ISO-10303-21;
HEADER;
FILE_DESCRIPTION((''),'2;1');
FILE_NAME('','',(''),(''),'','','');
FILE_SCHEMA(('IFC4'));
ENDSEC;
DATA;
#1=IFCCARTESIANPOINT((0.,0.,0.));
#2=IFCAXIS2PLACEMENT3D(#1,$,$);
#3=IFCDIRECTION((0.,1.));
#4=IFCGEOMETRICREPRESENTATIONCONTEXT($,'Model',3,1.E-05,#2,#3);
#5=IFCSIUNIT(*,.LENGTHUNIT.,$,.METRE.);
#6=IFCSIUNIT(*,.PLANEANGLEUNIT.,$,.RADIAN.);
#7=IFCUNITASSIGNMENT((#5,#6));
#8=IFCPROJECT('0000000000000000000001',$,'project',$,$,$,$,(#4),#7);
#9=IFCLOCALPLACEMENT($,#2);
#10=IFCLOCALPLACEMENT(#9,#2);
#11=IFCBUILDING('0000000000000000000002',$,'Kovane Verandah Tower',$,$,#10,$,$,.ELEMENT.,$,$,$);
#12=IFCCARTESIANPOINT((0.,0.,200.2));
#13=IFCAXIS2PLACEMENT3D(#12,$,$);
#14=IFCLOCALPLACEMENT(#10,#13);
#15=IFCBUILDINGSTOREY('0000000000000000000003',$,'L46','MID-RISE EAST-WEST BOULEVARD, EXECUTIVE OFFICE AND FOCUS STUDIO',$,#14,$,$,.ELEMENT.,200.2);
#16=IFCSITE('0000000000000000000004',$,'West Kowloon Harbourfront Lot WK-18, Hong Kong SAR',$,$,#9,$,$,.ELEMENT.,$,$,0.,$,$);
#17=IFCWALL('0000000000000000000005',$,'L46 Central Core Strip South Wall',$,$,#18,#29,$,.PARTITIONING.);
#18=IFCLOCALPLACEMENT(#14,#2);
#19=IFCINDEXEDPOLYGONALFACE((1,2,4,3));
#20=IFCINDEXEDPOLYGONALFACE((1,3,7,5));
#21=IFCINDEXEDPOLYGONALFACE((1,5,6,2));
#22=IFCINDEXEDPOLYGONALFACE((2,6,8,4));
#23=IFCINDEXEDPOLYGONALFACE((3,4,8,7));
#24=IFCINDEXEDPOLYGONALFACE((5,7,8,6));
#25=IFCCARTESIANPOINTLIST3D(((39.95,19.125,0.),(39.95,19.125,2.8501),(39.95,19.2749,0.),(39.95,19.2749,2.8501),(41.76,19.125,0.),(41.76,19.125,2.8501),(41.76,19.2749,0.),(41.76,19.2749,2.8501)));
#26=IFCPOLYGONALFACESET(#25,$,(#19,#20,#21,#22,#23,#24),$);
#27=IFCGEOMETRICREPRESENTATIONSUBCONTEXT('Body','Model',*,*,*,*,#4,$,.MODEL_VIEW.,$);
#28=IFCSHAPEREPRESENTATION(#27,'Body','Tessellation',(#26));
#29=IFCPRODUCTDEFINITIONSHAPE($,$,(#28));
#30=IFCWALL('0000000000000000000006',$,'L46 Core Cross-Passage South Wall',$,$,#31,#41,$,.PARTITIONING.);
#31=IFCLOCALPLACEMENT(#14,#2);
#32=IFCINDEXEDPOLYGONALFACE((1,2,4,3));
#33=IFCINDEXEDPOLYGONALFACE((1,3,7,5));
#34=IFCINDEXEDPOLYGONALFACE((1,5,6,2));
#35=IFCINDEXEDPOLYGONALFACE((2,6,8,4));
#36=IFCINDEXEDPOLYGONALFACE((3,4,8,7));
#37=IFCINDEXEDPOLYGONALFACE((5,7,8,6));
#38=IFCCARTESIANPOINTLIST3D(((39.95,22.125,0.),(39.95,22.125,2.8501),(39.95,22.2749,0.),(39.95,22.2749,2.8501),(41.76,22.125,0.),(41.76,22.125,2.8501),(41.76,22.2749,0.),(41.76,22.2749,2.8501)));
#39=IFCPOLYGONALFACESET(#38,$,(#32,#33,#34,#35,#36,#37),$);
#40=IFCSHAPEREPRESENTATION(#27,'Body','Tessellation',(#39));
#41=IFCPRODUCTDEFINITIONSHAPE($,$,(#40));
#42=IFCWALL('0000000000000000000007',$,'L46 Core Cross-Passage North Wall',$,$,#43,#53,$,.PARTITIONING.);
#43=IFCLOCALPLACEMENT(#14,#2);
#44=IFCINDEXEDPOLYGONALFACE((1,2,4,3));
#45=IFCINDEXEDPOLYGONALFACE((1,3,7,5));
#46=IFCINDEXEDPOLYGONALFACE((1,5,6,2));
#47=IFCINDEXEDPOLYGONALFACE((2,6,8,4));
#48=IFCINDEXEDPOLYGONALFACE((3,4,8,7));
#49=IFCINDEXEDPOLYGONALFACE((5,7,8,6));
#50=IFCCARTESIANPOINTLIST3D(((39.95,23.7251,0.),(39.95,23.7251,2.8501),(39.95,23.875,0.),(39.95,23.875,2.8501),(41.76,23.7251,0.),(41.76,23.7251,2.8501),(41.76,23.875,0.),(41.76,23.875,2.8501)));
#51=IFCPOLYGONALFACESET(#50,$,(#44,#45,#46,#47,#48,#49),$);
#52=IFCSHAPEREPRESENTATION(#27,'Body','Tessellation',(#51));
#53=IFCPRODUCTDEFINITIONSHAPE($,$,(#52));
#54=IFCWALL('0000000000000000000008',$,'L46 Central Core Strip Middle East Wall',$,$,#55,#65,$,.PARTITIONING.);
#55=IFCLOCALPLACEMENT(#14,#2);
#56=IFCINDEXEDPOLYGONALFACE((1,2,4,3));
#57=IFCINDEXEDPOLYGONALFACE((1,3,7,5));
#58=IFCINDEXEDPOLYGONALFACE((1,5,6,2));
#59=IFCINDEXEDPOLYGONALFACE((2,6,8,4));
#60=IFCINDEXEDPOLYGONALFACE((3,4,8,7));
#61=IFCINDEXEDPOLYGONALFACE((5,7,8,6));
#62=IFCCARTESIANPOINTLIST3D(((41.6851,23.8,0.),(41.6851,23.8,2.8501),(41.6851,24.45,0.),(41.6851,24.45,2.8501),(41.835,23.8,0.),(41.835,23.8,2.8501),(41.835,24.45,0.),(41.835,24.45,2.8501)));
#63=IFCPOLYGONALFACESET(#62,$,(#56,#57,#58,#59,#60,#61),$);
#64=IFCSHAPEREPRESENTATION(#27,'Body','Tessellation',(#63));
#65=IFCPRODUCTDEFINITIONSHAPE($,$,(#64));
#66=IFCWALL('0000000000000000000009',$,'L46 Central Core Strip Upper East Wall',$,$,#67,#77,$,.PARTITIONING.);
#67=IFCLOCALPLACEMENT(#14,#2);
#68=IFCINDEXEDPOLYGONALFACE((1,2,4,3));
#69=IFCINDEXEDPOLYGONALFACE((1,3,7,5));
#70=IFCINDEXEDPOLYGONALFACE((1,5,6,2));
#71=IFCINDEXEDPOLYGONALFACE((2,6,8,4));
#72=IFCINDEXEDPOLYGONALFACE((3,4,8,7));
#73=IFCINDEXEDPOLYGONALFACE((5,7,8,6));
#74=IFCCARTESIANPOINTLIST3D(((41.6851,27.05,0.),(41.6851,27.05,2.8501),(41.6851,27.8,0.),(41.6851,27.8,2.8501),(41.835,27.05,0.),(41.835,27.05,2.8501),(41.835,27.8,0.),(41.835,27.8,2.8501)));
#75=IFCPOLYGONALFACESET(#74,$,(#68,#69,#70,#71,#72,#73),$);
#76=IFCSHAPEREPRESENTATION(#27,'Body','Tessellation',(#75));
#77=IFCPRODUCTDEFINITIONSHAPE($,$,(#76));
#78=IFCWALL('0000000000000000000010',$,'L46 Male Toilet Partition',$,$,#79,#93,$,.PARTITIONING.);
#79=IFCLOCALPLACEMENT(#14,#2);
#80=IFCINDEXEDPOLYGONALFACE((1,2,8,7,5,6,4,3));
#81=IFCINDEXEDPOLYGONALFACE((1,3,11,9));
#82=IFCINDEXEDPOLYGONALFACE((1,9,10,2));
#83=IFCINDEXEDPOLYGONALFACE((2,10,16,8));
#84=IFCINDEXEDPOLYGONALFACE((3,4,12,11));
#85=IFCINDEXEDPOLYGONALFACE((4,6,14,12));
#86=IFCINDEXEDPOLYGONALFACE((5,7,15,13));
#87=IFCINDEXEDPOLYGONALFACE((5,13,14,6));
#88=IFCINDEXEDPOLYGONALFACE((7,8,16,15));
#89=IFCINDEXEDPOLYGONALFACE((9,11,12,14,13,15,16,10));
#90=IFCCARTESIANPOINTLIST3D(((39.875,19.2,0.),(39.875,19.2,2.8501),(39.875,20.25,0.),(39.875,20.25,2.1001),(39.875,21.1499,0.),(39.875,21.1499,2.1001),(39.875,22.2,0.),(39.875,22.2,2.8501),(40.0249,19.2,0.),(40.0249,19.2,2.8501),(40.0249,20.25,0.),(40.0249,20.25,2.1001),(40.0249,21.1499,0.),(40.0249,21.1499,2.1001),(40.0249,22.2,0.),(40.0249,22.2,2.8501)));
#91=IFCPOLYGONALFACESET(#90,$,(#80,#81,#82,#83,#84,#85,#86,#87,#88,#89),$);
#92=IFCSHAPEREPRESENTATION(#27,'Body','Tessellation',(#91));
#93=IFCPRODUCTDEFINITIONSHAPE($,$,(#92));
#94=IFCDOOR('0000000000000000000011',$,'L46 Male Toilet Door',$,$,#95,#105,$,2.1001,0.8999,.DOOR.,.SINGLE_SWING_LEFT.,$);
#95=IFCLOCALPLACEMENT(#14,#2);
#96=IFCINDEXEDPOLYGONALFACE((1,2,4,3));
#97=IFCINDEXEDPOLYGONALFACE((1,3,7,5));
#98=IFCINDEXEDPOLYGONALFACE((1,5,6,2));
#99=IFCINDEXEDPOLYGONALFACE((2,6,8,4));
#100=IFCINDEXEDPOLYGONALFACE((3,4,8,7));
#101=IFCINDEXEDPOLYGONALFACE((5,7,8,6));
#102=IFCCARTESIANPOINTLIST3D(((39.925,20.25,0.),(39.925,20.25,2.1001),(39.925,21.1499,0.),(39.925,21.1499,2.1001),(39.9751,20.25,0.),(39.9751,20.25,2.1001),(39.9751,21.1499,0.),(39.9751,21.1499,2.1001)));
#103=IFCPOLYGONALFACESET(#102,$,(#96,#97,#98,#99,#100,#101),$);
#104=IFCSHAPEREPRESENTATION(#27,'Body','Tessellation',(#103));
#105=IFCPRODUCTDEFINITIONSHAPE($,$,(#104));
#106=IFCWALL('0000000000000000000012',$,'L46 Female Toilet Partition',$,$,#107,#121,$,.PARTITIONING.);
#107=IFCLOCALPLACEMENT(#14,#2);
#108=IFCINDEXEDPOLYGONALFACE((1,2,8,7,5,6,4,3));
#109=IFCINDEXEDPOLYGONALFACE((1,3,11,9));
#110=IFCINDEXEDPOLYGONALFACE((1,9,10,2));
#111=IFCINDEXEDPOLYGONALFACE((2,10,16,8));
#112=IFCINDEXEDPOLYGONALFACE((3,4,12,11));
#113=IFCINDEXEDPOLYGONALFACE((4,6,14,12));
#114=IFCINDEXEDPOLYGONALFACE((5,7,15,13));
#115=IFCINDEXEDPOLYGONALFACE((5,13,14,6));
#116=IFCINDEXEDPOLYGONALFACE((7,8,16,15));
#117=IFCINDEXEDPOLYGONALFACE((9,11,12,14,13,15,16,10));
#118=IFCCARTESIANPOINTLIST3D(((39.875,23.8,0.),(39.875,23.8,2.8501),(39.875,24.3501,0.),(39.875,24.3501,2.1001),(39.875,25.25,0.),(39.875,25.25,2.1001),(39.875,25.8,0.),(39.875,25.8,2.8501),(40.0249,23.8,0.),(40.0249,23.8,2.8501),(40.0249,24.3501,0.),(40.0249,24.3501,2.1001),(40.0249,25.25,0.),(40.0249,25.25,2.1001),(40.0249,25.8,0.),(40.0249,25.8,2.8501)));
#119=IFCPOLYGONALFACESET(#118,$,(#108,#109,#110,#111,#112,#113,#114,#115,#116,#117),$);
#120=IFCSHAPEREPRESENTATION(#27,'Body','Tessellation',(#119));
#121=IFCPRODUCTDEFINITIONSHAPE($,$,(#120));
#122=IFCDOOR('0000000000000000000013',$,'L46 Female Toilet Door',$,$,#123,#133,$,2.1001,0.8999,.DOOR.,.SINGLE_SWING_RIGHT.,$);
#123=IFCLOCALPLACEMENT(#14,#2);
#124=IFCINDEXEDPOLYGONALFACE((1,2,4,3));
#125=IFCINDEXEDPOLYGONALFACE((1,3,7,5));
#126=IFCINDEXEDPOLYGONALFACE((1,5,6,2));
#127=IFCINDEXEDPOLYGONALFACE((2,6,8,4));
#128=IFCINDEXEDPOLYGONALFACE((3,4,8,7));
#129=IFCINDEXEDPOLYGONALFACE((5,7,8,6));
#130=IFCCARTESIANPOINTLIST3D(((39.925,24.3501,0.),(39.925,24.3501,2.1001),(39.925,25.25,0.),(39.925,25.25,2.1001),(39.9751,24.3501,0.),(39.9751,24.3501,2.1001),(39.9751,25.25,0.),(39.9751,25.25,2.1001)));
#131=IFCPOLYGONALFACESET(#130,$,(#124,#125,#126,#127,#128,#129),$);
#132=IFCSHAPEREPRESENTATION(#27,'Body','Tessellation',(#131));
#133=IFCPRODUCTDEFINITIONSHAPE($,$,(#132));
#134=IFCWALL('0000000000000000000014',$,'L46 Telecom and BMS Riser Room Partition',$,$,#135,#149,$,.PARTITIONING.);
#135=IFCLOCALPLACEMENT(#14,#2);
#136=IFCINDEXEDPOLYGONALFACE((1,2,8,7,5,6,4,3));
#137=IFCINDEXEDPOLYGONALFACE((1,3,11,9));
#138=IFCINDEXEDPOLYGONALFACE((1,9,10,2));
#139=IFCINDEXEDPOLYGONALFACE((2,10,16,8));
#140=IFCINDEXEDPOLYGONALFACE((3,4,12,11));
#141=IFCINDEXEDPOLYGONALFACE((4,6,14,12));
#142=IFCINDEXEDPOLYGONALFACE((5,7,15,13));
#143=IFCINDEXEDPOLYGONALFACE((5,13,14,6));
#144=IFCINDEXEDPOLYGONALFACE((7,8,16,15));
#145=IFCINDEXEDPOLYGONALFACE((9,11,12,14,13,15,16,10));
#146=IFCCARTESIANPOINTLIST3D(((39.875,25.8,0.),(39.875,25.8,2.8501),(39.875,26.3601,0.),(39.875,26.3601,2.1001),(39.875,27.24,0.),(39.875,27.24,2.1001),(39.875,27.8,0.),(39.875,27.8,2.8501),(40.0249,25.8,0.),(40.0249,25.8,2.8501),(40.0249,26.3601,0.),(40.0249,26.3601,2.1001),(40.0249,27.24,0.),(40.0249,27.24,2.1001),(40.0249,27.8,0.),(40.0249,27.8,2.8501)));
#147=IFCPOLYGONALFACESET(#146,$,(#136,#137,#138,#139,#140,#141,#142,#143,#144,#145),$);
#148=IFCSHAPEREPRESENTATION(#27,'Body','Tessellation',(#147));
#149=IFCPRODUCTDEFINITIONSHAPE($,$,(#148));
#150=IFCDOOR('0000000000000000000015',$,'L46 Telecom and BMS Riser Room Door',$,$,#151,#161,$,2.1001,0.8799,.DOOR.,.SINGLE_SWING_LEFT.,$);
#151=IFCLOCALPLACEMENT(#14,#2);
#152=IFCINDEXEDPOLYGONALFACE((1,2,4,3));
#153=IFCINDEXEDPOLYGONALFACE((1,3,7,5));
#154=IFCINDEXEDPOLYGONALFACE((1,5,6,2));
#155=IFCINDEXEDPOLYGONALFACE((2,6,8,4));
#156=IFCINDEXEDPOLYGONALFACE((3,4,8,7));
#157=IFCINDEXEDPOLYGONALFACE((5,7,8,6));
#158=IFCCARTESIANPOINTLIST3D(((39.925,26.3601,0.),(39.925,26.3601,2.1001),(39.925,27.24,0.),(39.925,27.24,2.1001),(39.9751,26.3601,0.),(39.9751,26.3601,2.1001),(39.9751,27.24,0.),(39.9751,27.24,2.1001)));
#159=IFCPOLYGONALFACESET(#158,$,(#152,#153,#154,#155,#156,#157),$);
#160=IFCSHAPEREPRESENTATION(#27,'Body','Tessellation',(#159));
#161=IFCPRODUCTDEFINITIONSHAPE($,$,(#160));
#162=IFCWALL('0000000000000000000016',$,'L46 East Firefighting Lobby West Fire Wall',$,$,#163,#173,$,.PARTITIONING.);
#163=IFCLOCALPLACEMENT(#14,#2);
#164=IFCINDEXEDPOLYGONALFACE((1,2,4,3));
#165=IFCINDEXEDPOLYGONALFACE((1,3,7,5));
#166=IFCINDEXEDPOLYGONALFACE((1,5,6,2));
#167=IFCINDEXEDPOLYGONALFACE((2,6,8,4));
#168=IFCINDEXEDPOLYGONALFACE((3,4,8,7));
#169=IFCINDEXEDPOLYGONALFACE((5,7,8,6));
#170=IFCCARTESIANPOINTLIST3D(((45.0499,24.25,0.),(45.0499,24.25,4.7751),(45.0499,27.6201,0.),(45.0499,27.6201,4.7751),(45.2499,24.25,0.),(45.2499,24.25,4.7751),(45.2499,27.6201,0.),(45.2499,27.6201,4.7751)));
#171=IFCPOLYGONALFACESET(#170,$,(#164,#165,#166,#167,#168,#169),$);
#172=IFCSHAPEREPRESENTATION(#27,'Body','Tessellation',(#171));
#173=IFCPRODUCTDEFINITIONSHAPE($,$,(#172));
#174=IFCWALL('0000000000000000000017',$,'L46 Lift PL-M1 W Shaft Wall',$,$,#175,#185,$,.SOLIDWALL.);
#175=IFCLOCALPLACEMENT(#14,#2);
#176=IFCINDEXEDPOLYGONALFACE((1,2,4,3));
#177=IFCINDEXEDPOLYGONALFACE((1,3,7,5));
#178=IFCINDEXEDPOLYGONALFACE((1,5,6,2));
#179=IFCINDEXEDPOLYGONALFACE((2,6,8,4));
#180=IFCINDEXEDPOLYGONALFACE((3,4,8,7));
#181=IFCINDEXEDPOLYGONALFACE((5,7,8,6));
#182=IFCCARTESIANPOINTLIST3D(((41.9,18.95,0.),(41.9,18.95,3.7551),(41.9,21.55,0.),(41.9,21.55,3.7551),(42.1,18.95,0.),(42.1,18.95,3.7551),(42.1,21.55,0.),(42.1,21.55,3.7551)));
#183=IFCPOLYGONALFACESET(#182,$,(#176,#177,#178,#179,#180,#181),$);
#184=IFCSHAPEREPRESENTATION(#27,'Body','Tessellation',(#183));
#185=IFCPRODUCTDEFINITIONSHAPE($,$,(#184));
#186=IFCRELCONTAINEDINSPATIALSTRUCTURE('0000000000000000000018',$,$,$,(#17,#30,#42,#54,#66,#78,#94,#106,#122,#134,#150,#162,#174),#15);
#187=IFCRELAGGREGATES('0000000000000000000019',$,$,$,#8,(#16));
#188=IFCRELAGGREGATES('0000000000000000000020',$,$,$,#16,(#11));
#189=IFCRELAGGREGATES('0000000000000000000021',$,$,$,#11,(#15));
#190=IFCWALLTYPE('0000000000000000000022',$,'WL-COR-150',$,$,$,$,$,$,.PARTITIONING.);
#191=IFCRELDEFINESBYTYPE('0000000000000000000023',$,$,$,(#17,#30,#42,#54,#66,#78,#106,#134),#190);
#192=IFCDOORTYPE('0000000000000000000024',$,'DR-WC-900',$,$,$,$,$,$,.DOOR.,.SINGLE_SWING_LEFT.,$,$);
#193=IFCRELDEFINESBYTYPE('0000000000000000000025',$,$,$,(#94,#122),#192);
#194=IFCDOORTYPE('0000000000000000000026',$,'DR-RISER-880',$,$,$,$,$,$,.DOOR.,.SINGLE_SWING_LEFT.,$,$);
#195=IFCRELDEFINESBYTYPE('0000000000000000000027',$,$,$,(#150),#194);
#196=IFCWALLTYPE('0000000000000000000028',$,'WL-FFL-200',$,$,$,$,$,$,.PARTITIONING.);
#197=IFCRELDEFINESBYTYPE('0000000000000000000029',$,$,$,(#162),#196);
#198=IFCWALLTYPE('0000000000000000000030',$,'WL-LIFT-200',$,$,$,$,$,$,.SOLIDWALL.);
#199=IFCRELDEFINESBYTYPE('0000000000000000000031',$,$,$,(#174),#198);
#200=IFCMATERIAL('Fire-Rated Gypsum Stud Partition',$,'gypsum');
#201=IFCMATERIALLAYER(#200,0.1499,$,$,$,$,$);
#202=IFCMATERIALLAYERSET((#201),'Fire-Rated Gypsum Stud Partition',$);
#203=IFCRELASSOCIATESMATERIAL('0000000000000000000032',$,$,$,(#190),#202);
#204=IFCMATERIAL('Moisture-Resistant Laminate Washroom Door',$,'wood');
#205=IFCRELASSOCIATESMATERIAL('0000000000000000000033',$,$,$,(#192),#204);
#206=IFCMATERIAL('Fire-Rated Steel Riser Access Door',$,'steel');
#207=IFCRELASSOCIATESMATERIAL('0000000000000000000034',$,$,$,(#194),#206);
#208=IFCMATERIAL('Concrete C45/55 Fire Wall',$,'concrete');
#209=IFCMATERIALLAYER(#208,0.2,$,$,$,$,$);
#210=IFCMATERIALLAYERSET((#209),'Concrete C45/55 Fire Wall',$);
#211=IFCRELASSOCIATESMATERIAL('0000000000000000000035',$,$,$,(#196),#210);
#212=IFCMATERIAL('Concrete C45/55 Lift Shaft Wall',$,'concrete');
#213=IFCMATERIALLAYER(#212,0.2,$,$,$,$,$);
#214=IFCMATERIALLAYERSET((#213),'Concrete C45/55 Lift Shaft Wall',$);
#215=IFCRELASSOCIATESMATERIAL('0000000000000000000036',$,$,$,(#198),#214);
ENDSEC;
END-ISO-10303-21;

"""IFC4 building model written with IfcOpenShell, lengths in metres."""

from ifc_helpers import new_model, si_unit, direction, frame, frame_2d, origin, place, context, subcontext, project, spatial, rectangle, extrude, material, layer, layer_set, type_object, element, fill, save


model = new_model("IFC4")

# Units and contexts
model_context = context("Model", 3, precision=1e-05, world=origin(), true_north=direction((0.0, 1.0)))
body_context = subcontext(model_context, "Body", "Model", "MODEL_VIEW")
ifc_project = project(units=[si_unit("LENGTHUNIT", "METRE"), si_unit("PLANEANGLEUNIT", "RADIAN")], contexts=[model_context])

# Site, building, storey
site_placement = place(None, origin())
site = spatial("IfcSite", under=ifc_project, at=site_placement, Name="West Kowloon Harbourfront Lot WK-18, Hong Kong SAR", CompositionType="ELEMENT", RefElevation=0.0)
building_placement = place(site_placement, origin())
building = spatial("IfcBuilding", under=site, at=building_placement, Name="Kovane Verandah Tower", CompositionType="ELEMENT")
storey_placement = place(building_placement, frame((0.0, 0.0, 200.2)))
storey = spatial("IfcBuildingStorey", under=building, at=storey_placement, Name="L46", Description="MID-RISE EAST-WEST BOULEVARD, EXECUTIVE OFFICE AND FOCUS STUDIO", CompositionType="ELEMENT", Elevation=200.2)

# Walls
ifc_material_1 = material(Name="Fire-Rated Gypsum Stud Partition", Category="gypsum")
ifc_layer_1 = layer(ifc_material_1, 0.1499)
ifc_layer_set_1 = layer_set([ifc_layer_1], Name="Fire-Rated Gypsum Stud Partition")
wall_type_1 = type_object("IfcWallType", Name="WL-COR-150", PredefinedType="PARTITIONING", material=ifc_layer_set_1)
for number, where, z_axis, x_axis, name in (
    (1, (39.95, 19.2, 0.0), (0.0, 0.0, 1.0), (1.0, 0.0, 0.0), "L46 Central Core Strip South Wall"),
    (2, (39.95, 22.2, 0.0), (0.0, 0.0, 1.0), (1.0, 0.0, 0.0), "L46 Core Cross-Passage South Wall"),
    (3, (39.95, 23.8, 0.0), (0.0, 0.0, 1.0), (1.0, 0.0, 0.0), "L46 Core Cross-Passage North Wall"),
):
    element("IfcWall", number, at=place(storey_placement, frame(where, z_axis=z_axis, x_axis=x_axis)), inside=storey, type_object=wall_type_1, Name=name, PredefinedType="PARTITIONING", context=body_context, shape_type="SweptSolid", body=[
        extrude(rectangle(XDim=1.8101, YDim=0.1499, at=frame_2d((0.905, 0.0))), origin(), (0.0, 0.0, 1.0), 2.8501),
    ])
wall_1_placement = place(storey_placement, frame((41.76, 23.8, 0.0), z_axis=(0.0, 0.0, 1.0), x_axis=(0.0, 1.0, 0.0)))
element("IfcWall", 4, at=wall_1_placement, inside=storey, type_object=wall_type_1, Name="L46 Central Core Strip Middle East Wall", PredefinedType="PARTITIONING", context=body_context, shape_type="SweptSolid", body=[
    extrude(rectangle(XDim=0.6499, YDim=0.1499, at=frame_2d((0.325, 0.0))), origin(), (0.0, 0.0, 1.0), 2.8501),
])
wall_2_placement = place(storey_placement, frame((41.76, 27.05, 0.0), z_axis=(0.0, 0.0, 1.0), x_axis=(0.0, 1.0, 0.0)))
element("IfcWall", 5, at=wall_2_placement, inside=storey, type_object=wall_type_1, Name="L46 Central Core Strip Upper East Wall", PredefinedType="PARTITIONING", context=body_context, shape_type="SweptSolid", body=[
    extrude(rectangle(XDim=0.75, YDim=0.1499, at=frame_2d((0.375, 0.0))), origin(), (0.0, 0.0, 1.0), 2.8501),
])

# Walls, openings, doors
wall_3_placement = place(storey_placement, frame((39.95, 19.2, 0.0), z_axis=(0.0, 0.0, 1.0), x_axis=(0.0, 1.0, 0.0)))
wall_3 = element("IfcWall", 6, at=wall_3_placement, inside=storey, type_object=wall_type_1, Name="L46 Male Toilet Partition", PredefinedType="PARTITIONING", context=body_context, shape_type="SweptSolid", body=[
    extrude(rectangle(XDim=3.0, YDim=0.1499, at=frame_2d((1.5, 0.0))), origin(), (0.0, 0.0, 1.0), 2.8501),
])
opening_1_placement = place(wall_3_placement, frame((1.05, 0.0, 0.0)))
opening_1 = element("IfcOpeningElement", 7, at=opening_1_placement, cuts=wall_3, PredefinedType="OPENING", context=body_context, shape_type="SweptSolid", body=[
    extrude(rectangle(XDim=0.8999, YDim=2.1001, at=frame_2d((0.45, 1.05))), frame((0.0, 0.075, 0.0), z_axis=(0.0, -1.0, 0.0), x_axis=(1.0, 0.0, 0.0)), (0.0, 0.0, 1.0), 0.1499),
])
ifc_material_2 = material(Name="Moisture-Resistant Laminate Washroom Door", Category="wood")
door_type_1 = type_object("IfcDoorType", Name="DR-WC-900", OperationType="SINGLE_SWING_LEFT", PredefinedType="DOOR", material=ifc_material_2)
door_1_placement = place(opening_1_placement, origin())
door_1 = element("IfcDoor", 8, at=door_1_placement, inside=storey, type_object=door_type_1, Name="L46 Male Toilet Door", OperationType="SINGLE_SWING_LEFT", OverallHeight=2.1001, OverallWidth=0.8999, PredefinedType="DOOR", context=body_context, shape_type="SweptSolid", body=[
    extrude(rectangle(XDim=0.8999, YDim=2.1001, at=frame_2d((0.45, 1.05))), frame((0.0, 0.0249, 0.0), z_axis=(0.0, -1.0, 0.0), x_axis=(1.0, 0.0, 0.0)), (0.0, 0.0, 1.0), 0.05),
])
fill(opening_1, door_1)
wall_4_placement = place(storey_placement, frame((39.95, 23.8, 0.0), z_axis=(0.0, 0.0, 1.0), x_axis=(0.0, 1.0, 0.0)))
wall_4 = element("IfcWall", 9, at=wall_4_placement, inside=storey, type_object=wall_type_1, Name="L46 Female Toilet Partition", PredefinedType="PARTITIONING", context=body_context, shape_type="SweptSolid", body=[
    extrude(rectangle(XDim=2.0, YDim=0.1499, at=frame_2d((1.0, 0.0))), origin(), (0.0, 0.0, 1.0), 2.8501),
])
opening_2_placement = place(wall_4_placement, frame((0.55, 0.0, 0.0)))
opening_2 = element("IfcOpeningElement", 10, at=opening_2_placement, cuts=wall_4, PredefinedType="OPENING", context=body_context, shape_type="SweptSolid", body=[
    extrude(rectangle(XDim=0.8999, YDim=2.1001, at=frame_2d((0.45, 1.05))), frame((0.0, 0.075, 0.0), z_axis=(0.0, -1.0, 0.0), x_axis=(1.0, 0.0, 0.0)), (0.0, 0.0, 1.0), 0.1499),
])
door_2_placement = place(opening_2_placement, origin())
door_2 = element("IfcDoor", 11, at=door_2_placement, inside=storey, type_object=door_type_1, Name="L46 Female Toilet Door", OperationType="SINGLE_SWING_RIGHT", OverallHeight=2.1001, OverallWidth=0.8999, PredefinedType="DOOR", context=body_context, shape_type="SweptSolid", body=[
    extrude(rectangle(XDim=0.8999, YDim=2.1001, at=frame_2d((0.45, 1.05))), frame((0.0, 0.0249, 0.0), z_axis=(0.0, -1.0, 0.0), x_axis=(1.0, 0.0, 0.0)), (0.0, 0.0, 1.0), 0.05),
])
fill(opening_2, door_2)
wall_5_placement = place(storey_placement, frame((39.95, 25.8, 0.0), z_axis=(0.0, 0.0, 1.0), x_axis=(0.0, 1.0, 0.0)))
wall_5 = element("IfcWall", 12, at=wall_5_placement, inside=storey, type_object=wall_type_1, Name="L46 Telecom and BMS Riser Room Partition", PredefinedType="PARTITIONING", context=body_context, shape_type="SweptSolid", body=[
    extrude(rectangle(XDim=2.0, YDim=0.1499, at=frame_2d((1.0, 0.0))), origin(), (0.0, 0.0, 1.0), 2.8501),
])
opening_3_placement = place(wall_5_placement, frame((0.5601, 0.0, 0.0)))
opening_3 = element("IfcOpeningElement", 13, at=opening_3_placement, cuts=wall_5, PredefinedType="OPENING", context=body_context, shape_type="SweptSolid", body=[
    extrude(rectangle(XDim=0.8799, YDim=2.1001, at=frame_2d((0.4399, 1.05))), frame((0.0, 0.075, 0.0), z_axis=(0.0, -1.0, 0.0), x_axis=(1.0, 0.0, 0.0)), (0.0, 0.0, 1.0), 0.1499),
])
ifc_material_3 = material(Name="Fire-Rated Steel Riser Access Door", Category="steel")
door_type_2 = type_object("IfcDoorType", Name="DR-RISER-880", OperationType="SINGLE_SWING_LEFT", PredefinedType="DOOR", material=ifc_material_3)
door_3_placement = place(opening_3_placement, origin())
door_3 = element("IfcDoor", 14, at=door_3_placement, inside=storey, type_object=door_type_2, Name="L46 Telecom and BMS Riser Room Door", OperationType="SINGLE_SWING_LEFT", OverallHeight=2.1001, OverallWidth=0.8799, PredefinedType="DOOR", context=body_context, shape_type="SweptSolid", body=[
    extrude(rectangle(XDim=0.8799, YDim=2.1001, at=frame_2d((0.4399, 1.05))), frame((0.0, 0.0249, 0.0), z_axis=(0.0, -1.0, 0.0), x_axis=(1.0, 0.0, 0.0)), (0.0, 0.0, 1.0), 0.05),
])
fill(opening_3, door_3)

# Wall
ifc_material_4 = material(Name="Concrete C45/55 Fire Wall", Category="concrete")
ifc_layer_2 = layer(ifc_material_4, 0.2)
ifc_layer_set_2 = layer_set([ifc_layer_2], Name="Concrete C45/55 Fire Wall")
wall_type_2 = type_object("IfcWallType", Name="WL-FFL-200", PredefinedType="PARTITIONING", material=ifc_layer_set_2)
wall_6_placement = place(storey_placement, frame((45.1499, 24.25, 0.0), z_axis=(0.0, 0.0, 1.0), x_axis=(0.0, 1.0, 0.0)))
element("IfcWall", 15, at=wall_6_placement, inside=storey, type_object=wall_type_2, Name="L46 East Firefighting Lobby West Fire Wall", PredefinedType="PARTITIONING", context=body_context, shape_type="SweptSolid", body=[
    extrude(rectangle(XDim=3.3701, YDim=0.2, at=frame_2d((1.6851, 0.0))), origin(), (0.0, 0.0, 1.0), 4.7751),
])

# Shared definitions
ifc_material_5 = material(Name="Concrete C45/55 Lift Shaft Wall", Category="concrete")
ifc_layer_3 = layer(ifc_material_5, 0.2)
ifc_layer_set_3 = layer_set([ifc_layer_3], Name="Concrete C45/55 Lift Shaft Wall")
wall_type_3 = type_object("IfcWallType", Name="WL-LIFT-200", PredefinedType="SOLIDWALL", material=ifc_layer_set_3)

# Wall
wall_7_placement = place(storey_placement, frame((42.0, 21.55, 0.0), z_axis=(0.0, 0.0, 1.0), x_axis=(0.0, -1.0, 0.0)))
element("IfcWall", 16, at=wall_7_placement, inside=storey, type_object=wall_type_3, Name="L46 Lift PL-M1 W Shaft Wall", PredefinedType="SOLIDWALL", context=body_context, shape_type="SweptSolid", body=[
    extrude(rectangle(XDim=2.6001, YDim=0.2, at=frame_2d((1.3, 0.0))), origin(), (0.0, 0.0, 1.0), 3.7551),
])

save(model, "model.ifc")
